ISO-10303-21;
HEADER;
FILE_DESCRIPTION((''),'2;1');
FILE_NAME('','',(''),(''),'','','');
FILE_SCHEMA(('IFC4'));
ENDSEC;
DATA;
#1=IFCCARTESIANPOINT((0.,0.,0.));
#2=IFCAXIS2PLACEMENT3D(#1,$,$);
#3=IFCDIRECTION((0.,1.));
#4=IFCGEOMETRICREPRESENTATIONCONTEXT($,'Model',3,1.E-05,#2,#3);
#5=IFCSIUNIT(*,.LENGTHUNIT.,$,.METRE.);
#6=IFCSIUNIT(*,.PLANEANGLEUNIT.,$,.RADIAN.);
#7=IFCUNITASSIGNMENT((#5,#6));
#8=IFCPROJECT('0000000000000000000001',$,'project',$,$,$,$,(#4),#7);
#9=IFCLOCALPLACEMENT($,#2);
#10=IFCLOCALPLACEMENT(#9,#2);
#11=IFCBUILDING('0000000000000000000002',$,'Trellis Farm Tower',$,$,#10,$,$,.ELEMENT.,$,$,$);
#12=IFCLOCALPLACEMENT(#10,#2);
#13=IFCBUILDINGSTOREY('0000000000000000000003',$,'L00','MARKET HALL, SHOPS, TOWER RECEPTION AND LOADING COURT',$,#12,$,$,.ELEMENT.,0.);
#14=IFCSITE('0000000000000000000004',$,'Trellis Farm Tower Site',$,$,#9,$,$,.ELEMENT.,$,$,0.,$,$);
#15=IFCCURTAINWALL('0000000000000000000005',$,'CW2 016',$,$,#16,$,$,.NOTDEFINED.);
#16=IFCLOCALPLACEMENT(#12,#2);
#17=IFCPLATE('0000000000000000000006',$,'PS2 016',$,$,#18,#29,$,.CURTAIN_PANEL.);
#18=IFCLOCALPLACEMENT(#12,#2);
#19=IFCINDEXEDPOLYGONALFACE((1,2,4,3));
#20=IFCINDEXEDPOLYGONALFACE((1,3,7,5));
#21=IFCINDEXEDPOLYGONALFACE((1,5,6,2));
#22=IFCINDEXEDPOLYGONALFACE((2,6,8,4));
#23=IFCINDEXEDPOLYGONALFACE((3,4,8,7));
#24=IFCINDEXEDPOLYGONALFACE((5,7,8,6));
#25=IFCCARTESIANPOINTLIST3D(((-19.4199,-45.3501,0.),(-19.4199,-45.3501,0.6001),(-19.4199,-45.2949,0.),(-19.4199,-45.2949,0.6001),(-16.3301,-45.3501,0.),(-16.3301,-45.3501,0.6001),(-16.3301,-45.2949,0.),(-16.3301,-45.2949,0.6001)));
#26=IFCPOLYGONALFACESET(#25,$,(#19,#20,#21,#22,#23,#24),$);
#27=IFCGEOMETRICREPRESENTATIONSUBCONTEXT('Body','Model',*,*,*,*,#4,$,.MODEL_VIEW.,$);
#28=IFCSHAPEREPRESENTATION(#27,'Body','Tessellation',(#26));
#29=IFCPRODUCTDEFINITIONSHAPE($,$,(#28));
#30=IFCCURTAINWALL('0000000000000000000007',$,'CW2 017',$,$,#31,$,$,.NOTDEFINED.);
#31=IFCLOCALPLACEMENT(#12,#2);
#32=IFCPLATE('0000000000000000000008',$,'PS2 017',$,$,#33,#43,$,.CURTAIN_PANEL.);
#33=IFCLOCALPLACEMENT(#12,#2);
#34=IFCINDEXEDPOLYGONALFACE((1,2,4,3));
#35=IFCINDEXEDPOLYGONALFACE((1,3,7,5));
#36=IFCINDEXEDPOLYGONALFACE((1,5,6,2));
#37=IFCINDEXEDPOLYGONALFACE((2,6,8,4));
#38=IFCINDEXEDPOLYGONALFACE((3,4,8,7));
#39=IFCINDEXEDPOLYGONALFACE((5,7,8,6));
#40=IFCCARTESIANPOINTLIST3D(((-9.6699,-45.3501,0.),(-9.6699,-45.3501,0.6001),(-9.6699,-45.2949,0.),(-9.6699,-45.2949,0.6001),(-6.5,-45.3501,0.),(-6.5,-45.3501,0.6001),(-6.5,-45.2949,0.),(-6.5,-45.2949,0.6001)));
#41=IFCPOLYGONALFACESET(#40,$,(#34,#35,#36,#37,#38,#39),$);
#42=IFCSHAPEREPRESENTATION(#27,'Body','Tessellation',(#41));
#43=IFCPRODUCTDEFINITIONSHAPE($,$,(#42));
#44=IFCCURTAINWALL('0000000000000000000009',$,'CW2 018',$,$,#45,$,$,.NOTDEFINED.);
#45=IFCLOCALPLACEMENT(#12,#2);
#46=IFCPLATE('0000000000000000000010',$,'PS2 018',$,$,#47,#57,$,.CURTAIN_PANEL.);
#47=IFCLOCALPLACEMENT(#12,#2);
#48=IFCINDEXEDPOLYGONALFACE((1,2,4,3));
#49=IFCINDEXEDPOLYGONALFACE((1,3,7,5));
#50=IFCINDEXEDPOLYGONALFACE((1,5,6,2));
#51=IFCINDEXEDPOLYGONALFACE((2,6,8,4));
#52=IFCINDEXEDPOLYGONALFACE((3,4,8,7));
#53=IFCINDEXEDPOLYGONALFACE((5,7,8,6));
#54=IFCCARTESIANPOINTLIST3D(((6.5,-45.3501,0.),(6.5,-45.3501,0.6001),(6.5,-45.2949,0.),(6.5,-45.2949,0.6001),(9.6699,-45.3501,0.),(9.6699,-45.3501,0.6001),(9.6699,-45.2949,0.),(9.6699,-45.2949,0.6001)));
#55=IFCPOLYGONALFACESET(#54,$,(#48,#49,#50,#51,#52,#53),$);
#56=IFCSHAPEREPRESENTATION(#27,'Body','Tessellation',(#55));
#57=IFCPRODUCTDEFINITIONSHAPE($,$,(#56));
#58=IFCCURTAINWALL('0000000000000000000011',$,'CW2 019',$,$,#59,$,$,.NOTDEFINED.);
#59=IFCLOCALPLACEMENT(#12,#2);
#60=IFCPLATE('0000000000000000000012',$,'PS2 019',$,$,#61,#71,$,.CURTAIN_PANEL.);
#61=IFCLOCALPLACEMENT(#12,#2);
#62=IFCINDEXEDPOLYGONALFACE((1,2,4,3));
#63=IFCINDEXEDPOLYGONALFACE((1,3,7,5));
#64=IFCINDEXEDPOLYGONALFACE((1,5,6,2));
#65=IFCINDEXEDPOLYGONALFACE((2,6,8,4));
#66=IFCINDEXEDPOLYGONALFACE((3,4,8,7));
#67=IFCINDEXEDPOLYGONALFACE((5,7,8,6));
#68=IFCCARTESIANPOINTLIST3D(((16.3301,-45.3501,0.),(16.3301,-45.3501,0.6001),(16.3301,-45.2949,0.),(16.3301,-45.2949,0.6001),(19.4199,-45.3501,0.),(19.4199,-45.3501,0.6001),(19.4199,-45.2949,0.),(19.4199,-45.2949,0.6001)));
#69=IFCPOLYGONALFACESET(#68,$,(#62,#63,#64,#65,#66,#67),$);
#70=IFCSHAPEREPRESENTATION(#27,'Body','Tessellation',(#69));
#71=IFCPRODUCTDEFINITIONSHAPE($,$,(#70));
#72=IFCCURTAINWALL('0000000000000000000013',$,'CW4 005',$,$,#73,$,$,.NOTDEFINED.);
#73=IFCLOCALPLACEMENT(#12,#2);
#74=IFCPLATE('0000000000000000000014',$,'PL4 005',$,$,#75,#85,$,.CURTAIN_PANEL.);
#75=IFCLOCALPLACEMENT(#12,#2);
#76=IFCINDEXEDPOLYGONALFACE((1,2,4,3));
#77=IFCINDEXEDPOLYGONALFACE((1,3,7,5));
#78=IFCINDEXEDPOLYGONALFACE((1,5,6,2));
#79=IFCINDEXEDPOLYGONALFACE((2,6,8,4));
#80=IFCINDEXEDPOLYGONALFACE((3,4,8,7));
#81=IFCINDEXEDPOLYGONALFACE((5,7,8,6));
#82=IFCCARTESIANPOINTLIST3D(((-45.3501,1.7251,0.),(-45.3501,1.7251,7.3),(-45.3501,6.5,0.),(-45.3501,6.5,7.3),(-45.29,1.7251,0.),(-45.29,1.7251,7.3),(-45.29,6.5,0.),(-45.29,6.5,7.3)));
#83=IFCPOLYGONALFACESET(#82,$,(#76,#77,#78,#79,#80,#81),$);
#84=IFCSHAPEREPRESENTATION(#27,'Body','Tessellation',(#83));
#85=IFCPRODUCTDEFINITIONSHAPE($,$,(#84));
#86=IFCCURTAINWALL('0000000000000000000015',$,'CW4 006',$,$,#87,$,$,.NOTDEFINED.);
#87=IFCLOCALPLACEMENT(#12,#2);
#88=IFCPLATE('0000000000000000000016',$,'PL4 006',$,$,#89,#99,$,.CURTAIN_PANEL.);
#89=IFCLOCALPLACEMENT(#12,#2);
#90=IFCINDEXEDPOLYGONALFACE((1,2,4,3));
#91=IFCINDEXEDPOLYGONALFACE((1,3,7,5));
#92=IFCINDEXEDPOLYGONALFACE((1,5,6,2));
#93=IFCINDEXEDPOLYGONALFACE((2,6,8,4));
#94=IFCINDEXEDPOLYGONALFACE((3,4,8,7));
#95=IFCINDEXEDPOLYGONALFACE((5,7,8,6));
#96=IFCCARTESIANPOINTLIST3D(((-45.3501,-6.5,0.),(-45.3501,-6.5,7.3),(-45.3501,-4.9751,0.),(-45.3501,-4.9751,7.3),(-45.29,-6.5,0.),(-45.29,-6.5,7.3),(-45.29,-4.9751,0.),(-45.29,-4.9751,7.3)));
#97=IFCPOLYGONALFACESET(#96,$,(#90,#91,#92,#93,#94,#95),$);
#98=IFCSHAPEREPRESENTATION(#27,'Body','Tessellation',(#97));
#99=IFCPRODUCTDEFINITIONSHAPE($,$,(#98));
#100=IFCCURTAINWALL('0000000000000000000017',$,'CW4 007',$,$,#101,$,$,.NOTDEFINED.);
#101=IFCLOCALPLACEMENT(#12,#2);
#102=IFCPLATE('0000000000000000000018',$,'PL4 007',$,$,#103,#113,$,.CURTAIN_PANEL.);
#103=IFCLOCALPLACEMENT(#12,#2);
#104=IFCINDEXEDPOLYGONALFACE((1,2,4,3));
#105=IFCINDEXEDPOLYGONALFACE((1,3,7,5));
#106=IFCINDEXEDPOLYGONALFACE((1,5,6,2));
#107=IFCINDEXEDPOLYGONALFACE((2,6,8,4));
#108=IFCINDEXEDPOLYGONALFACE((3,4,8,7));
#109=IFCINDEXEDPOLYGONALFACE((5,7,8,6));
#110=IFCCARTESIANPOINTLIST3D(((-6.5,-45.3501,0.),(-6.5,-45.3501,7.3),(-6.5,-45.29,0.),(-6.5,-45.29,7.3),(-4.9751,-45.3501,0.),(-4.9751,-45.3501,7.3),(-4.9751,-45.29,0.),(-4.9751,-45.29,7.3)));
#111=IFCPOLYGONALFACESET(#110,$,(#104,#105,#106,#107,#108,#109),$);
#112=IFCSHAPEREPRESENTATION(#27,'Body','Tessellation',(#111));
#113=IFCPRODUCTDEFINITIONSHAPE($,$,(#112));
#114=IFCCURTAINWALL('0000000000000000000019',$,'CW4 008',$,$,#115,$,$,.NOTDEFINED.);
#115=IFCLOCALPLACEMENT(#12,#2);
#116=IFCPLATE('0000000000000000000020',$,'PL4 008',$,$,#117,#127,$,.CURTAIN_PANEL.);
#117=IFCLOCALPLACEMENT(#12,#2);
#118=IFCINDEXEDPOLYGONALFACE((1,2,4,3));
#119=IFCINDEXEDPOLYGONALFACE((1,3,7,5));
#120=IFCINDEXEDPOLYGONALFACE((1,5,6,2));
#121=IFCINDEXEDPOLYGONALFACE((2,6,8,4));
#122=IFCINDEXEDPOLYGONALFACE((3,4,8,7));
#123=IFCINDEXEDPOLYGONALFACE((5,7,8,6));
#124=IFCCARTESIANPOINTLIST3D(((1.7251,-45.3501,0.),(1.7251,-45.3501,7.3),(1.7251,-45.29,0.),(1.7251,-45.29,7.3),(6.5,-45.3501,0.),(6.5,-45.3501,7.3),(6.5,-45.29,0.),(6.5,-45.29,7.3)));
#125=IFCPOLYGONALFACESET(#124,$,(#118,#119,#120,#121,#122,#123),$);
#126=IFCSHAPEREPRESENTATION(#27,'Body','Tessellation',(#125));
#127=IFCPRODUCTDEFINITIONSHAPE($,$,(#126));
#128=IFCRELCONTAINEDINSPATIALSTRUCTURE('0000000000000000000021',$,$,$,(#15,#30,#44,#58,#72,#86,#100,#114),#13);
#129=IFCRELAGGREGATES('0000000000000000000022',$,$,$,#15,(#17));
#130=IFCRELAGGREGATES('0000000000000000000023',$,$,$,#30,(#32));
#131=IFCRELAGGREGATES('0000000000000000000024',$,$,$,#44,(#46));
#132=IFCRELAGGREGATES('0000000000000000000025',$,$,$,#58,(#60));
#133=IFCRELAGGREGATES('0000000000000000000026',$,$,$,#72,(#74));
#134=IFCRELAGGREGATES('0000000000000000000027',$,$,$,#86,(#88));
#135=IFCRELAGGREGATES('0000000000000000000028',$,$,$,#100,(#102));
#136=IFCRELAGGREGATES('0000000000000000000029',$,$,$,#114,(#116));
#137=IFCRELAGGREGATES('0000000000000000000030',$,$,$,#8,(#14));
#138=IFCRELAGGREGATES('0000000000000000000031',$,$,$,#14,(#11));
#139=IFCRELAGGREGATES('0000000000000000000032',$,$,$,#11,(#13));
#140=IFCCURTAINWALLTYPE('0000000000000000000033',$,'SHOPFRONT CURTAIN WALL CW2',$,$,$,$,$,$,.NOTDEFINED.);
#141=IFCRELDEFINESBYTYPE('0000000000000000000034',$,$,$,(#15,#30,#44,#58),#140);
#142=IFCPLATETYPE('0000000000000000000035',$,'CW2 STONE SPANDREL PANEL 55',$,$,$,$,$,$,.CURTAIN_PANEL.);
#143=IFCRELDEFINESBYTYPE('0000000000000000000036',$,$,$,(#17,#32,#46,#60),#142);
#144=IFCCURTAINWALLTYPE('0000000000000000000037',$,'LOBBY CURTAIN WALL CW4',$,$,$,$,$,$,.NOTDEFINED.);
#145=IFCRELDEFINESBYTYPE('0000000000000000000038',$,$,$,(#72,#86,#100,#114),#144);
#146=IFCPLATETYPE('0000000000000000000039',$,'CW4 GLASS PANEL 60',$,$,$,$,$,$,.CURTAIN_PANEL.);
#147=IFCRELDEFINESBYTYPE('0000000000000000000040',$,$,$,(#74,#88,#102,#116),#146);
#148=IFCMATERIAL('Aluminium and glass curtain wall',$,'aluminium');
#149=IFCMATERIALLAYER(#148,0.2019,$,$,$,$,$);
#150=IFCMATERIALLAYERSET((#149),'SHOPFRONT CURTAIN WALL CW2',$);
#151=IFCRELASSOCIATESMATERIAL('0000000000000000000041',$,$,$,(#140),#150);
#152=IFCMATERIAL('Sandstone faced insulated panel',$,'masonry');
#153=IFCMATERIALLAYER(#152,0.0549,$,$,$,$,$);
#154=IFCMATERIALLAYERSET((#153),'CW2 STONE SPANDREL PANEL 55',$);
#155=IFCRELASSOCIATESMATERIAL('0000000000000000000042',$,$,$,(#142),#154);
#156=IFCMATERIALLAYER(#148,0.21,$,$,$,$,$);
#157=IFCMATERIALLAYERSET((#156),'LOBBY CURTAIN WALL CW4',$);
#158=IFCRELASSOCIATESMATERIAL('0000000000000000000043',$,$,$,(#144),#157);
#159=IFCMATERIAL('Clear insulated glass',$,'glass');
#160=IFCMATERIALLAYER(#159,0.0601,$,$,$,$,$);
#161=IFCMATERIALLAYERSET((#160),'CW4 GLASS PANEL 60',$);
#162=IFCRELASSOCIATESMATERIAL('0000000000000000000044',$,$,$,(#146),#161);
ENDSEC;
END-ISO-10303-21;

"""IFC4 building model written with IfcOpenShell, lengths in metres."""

from ifc_helpers import new_model, si_unit, direction, origin, place, context, subcontext, project, spatial, polyline, outline, extrude, material, layer, layer_set, type_object, element, aggregate, save


model = new_model("IFC4")

# Units and contexts
model_context = context("Model", 3, precision=1e-05, world=origin(), true_north=direction((0.0, 1.0)))
body_context = subcontext(model_context, "Body", "Model", "MODEL_VIEW")
ifc_project = project(units=[si_unit("LENGTHUNIT", "METRE"), si_unit("PLANEANGLEUNIT", "RADIAN")], contexts=[model_context])

# Site, building, storey
site_placement = place(None, origin())
site = spatial("IfcSite", under=ifc_project, at=site_placement, Name="Trellis Farm Tower Site", CompositionType="ELEMENT", RefElevation=0.0)
building_placement = place(site_placement, origin())
building = spatial("IfcBuilding", under=site, at=building_placement, Name="Trellis Farm Tower", CompositionType="ELEMENT")
storey_placement = place(building_placement, origin())
storey = spatial("IfcBuildingStorey", under=building, at=storey_placement, Name="L00", Description="MARKET HALL, SHOPS, TOWER RECEPTION AND LOADING COURT", CompositionType="ELEMENT", Elevation=0.0)

# Shared definitions
ifc_material_1 = material(Name="Aluminium and glass curtain wall", Category="aluminium")
ifc_layer_1 = layer(ifc_material_1, 0.2019)
ifc_layer_set_1 = layer_set([ifc_layer_1], Name="SHOPFRONT CURTAIN WALL CW2")
curtain_wall_type_1 = type_object("IfcCurtainWallType", Name="SHOPFRONT CURTAIN WALL CW2", PredefinedType="NOTDEFINED", material=ifc_layer_set_1)
placement_1 = place(storey_placement, origin())
ifc_material_2 = material(Name="Clear insulated glass", Category="glass")

# Shared definitions
ifc_material_3 = material(Name="Sandstone faced insulated panel", Category="masonry")
ifc_layer_2 = layer(ifc_material_3, 0.0549)
ifc_layer_set_2 = layer_set([ifc_layer_2], Name="CW2 STONE SPANDREL PANEL 55")
plate_type_1 = type_object("IfcPlateType", Name="CW2 STONE SPANDREL PANEL 55", PredefinedType="CURTAIN_PANEL", material=ifc_layer_set_2)

# Curtain walls, plates
curtain_wall_1 = element("IfcCurtainWall", 1, at=placement_1, inside=storey, type_object=curtain_wall_type_1, Name="CW2 016", PredefinedType="NOTDEFINED")
plate_1 = element("IfcPlate", 2, at=placement_1, type_object=plate_type_1, Name="PS2 016", PredefinedType="CURTAIN_PANEL", context=body_context, shape_type="SweptSolid", body=[
    extrude(outline(polyline([(-19.4199, -45.3501), (-16.3301, -45.3501), (-16.3301, -45.2949), (-19.4199, -45.2949), (-19.4199, -45.3501)])), origin(), (0.0, 0.0, 1.0), 0.6001),
])
aggregate(curtain_wall_1, [plate_1])
curtain_wall_2 = element("IfcCurtainWall", 3, at=placement_1, inside=storey, type_object=curtain_wall_type_1, Name="CW2 017", PredefinedType="NOTDEFINED")
plate_2 = element("IfcPlate", 4, at=placement_1, type_object=plate_type_1, Name="PS2 017", PredefinedType="CURTAIN_PANEL", context=body_context, shape_type="SweptSolid", body=[
    extrude(outline(polyline([(-9.6699, -45.3501), (-6.5, -45.3501), (-6.5, -45.2949), (-9.6699, -45.2949), (-9.6699, -45.3501)])), origin(), (0.0, 0.0, 1.0), 0.6001),
])
aggregate(curtain_wall_2, [plate_2])
curtain_wall_3 = element("IfcCurtainWall", 5, at=placement_1, inside=storey, type_object=curtain_wall_type_1, Name="CW2 018", PredefinedType="NOTDEFINED")
plate_3 = element("IfcPlate", 6, at=placement_1, type_object=plate_type_1, Name="PS2 018", PredefinedType="CURTAIN_PANEL", context=body_context, shape_type="SweptSolid", body=[
    extrude(outline(polyline([(6.5, -45.3501), (9.6699, -45.3501), (9.6699, -45.2949), (6.5, -45.2949), (6.5, -45.3501)])), origin(), (0.0, 0.0, 1.0), 0.6001),
])
aggregate(curtain_wall_3, [plate_3])
curtain_wall_4 = element("IfcCurtainWall", 7, at=placement_1, inside=storey, type_object=curtain_wall_type_1, Name="CW2 019", PredefinedType="NOTDEFINED")
plate_4 = element("IfcPlate", 8, at=placement_1, type_object=plate_type_1, Name="PS2 019", PredefinedType="CURTAIN_PANEL", context=body_context, shape_type="SweptSolid", body=[
    extrude(outline(polyline([(16.3301, -45.3501), (19.4199, -45.3501), (19.4199, -45.2949), (16.3301, -45.2949), (16.3301, -45.3501)])), origin(), (0.0, 0.0, 1.0), 0.6001),
])
aggregate(curtain_wall_4, [plate_4])
ifc_layer_3 = layer(ifc_material_1, 0.21)
ifc_layer_set_3 = layer_set([ifc_layer_3], Name="LOBBY CURTAIN WALL CW4")
curtain_wall_type_2 = type_object("IfcCurtainWallType", Name="LOBBY CURTAIN WALL CW4", PredefinedType="NOTDEFINED", material=ifc_layer_set_3)
curtain_wall_5 = element("IfcCurtainWall", 9, at=placement_1, inside=storey, type_object=curtain_wall_type_2, Name="CW4 005", PredefinedType="NOTDEFINED")
ifc_layer_4 = layer(ifc_material_2, 0.0601)
ifc_layer_set_4 = layer_set([ifc_layer_4], Name="CW4 GLASS PANEL 60")
plate_type_2 = type_object("IfcPlateType", Name="CW4 GLASS PANEL 60", PredefinedType="CURTAIN_PANEL", material=ifc_layer_set_4)
plate_5 = element("IfcPlate", 10, at=placement_1, type_object=plate_type_2, Name="PL4 005", PredefinedType="CURTAIN_PANEL", context=body_context, shape_type="SweptSolid", body=[
    extrude(outline(polyline([(-45.3501, 6.5), (-45.3501, 1.7251), (-45.29, 1.7251), (-45.29, 6.5), (-45.3501, 6.5)])), origin(), (0.0, 0.0, 1.0), 7.3),
])
aggregate(curtain_wall_5, [plate_5])
curtain_wall_6 = element("IfcCurtainWall", 11, at=placement_1, inside=storey, type_object=curtain_wall_type_2, Name="CW4 006", PredefinedType="NOTDEFINED")
plate_6 = element("IfcPlate", 12, at=placement_1, type_object=plate_type_2, Name="PL4 006", PredefinedType="CURTAIN_PANEL", context=body_context, shape_type="SweptSolid", body=[
    extrude(outline(polyline([(-45.3501, -4.9751), (-45.3501, -6.5), (-45.29, -6.5), (-45.29, -4.9751), (-45.3501, -4.9751)])), origin(), (0.0, 0.0, 1.0), 7.3),
])
aggregate(curtain_wall_6, [plate_6])
curtain_wall_7 = element("IfcCurtainWall", 13, at=placement_1, inside=storey, type_object=curtain_wall_type_2, Name="CW4 007", PredefinedType="NOTDEFINED")
plate_7 = element("IfcPlate", 14, at=placement_1, type_object=plate_type_2, Name="PL4 007", PredefinedType="CURTAIN_PANEL", context=body_context, shape_type="SweptSolid", body=[
    extrude(outline(polyline([(-6.5, -45.3501), (-4.9751, -45.3501), (-4.9751, -45.29), (-6.5, -45.29), (-6.5, -45.3501)])), origin(), (0.0, 0.0, 1.0), 7.3),
])
aggregate(curtain_wall_7, [plate_7])
curtain_wall_8 = element("IfcCurtainWall", 15, at=placement_1, inside=storey, type_object=curtain_wall_type_2, Name="CW4 008", PredefinedType="NOTDEFINED")
plate_8 = element("IfcPlate", 16, at=placement_1, type_object=plate_type_2, Name="PL4 008", PredefinedType="CURTAIN_PANEL", context=body_context, shape_type="SweptSolid", body=[
    extrude(outline(polyline([(1.7251, -45.3501), (6.5, -45.3501), (6.5, -45.29), (1.7251, -45.29), (1.7251, -45.3501)])), origin(), (0.0, 0.0, 1.0), 7.3),
])
aggregate(curtain_wall_8, [plate_8])

save(model, "model.ifc")
